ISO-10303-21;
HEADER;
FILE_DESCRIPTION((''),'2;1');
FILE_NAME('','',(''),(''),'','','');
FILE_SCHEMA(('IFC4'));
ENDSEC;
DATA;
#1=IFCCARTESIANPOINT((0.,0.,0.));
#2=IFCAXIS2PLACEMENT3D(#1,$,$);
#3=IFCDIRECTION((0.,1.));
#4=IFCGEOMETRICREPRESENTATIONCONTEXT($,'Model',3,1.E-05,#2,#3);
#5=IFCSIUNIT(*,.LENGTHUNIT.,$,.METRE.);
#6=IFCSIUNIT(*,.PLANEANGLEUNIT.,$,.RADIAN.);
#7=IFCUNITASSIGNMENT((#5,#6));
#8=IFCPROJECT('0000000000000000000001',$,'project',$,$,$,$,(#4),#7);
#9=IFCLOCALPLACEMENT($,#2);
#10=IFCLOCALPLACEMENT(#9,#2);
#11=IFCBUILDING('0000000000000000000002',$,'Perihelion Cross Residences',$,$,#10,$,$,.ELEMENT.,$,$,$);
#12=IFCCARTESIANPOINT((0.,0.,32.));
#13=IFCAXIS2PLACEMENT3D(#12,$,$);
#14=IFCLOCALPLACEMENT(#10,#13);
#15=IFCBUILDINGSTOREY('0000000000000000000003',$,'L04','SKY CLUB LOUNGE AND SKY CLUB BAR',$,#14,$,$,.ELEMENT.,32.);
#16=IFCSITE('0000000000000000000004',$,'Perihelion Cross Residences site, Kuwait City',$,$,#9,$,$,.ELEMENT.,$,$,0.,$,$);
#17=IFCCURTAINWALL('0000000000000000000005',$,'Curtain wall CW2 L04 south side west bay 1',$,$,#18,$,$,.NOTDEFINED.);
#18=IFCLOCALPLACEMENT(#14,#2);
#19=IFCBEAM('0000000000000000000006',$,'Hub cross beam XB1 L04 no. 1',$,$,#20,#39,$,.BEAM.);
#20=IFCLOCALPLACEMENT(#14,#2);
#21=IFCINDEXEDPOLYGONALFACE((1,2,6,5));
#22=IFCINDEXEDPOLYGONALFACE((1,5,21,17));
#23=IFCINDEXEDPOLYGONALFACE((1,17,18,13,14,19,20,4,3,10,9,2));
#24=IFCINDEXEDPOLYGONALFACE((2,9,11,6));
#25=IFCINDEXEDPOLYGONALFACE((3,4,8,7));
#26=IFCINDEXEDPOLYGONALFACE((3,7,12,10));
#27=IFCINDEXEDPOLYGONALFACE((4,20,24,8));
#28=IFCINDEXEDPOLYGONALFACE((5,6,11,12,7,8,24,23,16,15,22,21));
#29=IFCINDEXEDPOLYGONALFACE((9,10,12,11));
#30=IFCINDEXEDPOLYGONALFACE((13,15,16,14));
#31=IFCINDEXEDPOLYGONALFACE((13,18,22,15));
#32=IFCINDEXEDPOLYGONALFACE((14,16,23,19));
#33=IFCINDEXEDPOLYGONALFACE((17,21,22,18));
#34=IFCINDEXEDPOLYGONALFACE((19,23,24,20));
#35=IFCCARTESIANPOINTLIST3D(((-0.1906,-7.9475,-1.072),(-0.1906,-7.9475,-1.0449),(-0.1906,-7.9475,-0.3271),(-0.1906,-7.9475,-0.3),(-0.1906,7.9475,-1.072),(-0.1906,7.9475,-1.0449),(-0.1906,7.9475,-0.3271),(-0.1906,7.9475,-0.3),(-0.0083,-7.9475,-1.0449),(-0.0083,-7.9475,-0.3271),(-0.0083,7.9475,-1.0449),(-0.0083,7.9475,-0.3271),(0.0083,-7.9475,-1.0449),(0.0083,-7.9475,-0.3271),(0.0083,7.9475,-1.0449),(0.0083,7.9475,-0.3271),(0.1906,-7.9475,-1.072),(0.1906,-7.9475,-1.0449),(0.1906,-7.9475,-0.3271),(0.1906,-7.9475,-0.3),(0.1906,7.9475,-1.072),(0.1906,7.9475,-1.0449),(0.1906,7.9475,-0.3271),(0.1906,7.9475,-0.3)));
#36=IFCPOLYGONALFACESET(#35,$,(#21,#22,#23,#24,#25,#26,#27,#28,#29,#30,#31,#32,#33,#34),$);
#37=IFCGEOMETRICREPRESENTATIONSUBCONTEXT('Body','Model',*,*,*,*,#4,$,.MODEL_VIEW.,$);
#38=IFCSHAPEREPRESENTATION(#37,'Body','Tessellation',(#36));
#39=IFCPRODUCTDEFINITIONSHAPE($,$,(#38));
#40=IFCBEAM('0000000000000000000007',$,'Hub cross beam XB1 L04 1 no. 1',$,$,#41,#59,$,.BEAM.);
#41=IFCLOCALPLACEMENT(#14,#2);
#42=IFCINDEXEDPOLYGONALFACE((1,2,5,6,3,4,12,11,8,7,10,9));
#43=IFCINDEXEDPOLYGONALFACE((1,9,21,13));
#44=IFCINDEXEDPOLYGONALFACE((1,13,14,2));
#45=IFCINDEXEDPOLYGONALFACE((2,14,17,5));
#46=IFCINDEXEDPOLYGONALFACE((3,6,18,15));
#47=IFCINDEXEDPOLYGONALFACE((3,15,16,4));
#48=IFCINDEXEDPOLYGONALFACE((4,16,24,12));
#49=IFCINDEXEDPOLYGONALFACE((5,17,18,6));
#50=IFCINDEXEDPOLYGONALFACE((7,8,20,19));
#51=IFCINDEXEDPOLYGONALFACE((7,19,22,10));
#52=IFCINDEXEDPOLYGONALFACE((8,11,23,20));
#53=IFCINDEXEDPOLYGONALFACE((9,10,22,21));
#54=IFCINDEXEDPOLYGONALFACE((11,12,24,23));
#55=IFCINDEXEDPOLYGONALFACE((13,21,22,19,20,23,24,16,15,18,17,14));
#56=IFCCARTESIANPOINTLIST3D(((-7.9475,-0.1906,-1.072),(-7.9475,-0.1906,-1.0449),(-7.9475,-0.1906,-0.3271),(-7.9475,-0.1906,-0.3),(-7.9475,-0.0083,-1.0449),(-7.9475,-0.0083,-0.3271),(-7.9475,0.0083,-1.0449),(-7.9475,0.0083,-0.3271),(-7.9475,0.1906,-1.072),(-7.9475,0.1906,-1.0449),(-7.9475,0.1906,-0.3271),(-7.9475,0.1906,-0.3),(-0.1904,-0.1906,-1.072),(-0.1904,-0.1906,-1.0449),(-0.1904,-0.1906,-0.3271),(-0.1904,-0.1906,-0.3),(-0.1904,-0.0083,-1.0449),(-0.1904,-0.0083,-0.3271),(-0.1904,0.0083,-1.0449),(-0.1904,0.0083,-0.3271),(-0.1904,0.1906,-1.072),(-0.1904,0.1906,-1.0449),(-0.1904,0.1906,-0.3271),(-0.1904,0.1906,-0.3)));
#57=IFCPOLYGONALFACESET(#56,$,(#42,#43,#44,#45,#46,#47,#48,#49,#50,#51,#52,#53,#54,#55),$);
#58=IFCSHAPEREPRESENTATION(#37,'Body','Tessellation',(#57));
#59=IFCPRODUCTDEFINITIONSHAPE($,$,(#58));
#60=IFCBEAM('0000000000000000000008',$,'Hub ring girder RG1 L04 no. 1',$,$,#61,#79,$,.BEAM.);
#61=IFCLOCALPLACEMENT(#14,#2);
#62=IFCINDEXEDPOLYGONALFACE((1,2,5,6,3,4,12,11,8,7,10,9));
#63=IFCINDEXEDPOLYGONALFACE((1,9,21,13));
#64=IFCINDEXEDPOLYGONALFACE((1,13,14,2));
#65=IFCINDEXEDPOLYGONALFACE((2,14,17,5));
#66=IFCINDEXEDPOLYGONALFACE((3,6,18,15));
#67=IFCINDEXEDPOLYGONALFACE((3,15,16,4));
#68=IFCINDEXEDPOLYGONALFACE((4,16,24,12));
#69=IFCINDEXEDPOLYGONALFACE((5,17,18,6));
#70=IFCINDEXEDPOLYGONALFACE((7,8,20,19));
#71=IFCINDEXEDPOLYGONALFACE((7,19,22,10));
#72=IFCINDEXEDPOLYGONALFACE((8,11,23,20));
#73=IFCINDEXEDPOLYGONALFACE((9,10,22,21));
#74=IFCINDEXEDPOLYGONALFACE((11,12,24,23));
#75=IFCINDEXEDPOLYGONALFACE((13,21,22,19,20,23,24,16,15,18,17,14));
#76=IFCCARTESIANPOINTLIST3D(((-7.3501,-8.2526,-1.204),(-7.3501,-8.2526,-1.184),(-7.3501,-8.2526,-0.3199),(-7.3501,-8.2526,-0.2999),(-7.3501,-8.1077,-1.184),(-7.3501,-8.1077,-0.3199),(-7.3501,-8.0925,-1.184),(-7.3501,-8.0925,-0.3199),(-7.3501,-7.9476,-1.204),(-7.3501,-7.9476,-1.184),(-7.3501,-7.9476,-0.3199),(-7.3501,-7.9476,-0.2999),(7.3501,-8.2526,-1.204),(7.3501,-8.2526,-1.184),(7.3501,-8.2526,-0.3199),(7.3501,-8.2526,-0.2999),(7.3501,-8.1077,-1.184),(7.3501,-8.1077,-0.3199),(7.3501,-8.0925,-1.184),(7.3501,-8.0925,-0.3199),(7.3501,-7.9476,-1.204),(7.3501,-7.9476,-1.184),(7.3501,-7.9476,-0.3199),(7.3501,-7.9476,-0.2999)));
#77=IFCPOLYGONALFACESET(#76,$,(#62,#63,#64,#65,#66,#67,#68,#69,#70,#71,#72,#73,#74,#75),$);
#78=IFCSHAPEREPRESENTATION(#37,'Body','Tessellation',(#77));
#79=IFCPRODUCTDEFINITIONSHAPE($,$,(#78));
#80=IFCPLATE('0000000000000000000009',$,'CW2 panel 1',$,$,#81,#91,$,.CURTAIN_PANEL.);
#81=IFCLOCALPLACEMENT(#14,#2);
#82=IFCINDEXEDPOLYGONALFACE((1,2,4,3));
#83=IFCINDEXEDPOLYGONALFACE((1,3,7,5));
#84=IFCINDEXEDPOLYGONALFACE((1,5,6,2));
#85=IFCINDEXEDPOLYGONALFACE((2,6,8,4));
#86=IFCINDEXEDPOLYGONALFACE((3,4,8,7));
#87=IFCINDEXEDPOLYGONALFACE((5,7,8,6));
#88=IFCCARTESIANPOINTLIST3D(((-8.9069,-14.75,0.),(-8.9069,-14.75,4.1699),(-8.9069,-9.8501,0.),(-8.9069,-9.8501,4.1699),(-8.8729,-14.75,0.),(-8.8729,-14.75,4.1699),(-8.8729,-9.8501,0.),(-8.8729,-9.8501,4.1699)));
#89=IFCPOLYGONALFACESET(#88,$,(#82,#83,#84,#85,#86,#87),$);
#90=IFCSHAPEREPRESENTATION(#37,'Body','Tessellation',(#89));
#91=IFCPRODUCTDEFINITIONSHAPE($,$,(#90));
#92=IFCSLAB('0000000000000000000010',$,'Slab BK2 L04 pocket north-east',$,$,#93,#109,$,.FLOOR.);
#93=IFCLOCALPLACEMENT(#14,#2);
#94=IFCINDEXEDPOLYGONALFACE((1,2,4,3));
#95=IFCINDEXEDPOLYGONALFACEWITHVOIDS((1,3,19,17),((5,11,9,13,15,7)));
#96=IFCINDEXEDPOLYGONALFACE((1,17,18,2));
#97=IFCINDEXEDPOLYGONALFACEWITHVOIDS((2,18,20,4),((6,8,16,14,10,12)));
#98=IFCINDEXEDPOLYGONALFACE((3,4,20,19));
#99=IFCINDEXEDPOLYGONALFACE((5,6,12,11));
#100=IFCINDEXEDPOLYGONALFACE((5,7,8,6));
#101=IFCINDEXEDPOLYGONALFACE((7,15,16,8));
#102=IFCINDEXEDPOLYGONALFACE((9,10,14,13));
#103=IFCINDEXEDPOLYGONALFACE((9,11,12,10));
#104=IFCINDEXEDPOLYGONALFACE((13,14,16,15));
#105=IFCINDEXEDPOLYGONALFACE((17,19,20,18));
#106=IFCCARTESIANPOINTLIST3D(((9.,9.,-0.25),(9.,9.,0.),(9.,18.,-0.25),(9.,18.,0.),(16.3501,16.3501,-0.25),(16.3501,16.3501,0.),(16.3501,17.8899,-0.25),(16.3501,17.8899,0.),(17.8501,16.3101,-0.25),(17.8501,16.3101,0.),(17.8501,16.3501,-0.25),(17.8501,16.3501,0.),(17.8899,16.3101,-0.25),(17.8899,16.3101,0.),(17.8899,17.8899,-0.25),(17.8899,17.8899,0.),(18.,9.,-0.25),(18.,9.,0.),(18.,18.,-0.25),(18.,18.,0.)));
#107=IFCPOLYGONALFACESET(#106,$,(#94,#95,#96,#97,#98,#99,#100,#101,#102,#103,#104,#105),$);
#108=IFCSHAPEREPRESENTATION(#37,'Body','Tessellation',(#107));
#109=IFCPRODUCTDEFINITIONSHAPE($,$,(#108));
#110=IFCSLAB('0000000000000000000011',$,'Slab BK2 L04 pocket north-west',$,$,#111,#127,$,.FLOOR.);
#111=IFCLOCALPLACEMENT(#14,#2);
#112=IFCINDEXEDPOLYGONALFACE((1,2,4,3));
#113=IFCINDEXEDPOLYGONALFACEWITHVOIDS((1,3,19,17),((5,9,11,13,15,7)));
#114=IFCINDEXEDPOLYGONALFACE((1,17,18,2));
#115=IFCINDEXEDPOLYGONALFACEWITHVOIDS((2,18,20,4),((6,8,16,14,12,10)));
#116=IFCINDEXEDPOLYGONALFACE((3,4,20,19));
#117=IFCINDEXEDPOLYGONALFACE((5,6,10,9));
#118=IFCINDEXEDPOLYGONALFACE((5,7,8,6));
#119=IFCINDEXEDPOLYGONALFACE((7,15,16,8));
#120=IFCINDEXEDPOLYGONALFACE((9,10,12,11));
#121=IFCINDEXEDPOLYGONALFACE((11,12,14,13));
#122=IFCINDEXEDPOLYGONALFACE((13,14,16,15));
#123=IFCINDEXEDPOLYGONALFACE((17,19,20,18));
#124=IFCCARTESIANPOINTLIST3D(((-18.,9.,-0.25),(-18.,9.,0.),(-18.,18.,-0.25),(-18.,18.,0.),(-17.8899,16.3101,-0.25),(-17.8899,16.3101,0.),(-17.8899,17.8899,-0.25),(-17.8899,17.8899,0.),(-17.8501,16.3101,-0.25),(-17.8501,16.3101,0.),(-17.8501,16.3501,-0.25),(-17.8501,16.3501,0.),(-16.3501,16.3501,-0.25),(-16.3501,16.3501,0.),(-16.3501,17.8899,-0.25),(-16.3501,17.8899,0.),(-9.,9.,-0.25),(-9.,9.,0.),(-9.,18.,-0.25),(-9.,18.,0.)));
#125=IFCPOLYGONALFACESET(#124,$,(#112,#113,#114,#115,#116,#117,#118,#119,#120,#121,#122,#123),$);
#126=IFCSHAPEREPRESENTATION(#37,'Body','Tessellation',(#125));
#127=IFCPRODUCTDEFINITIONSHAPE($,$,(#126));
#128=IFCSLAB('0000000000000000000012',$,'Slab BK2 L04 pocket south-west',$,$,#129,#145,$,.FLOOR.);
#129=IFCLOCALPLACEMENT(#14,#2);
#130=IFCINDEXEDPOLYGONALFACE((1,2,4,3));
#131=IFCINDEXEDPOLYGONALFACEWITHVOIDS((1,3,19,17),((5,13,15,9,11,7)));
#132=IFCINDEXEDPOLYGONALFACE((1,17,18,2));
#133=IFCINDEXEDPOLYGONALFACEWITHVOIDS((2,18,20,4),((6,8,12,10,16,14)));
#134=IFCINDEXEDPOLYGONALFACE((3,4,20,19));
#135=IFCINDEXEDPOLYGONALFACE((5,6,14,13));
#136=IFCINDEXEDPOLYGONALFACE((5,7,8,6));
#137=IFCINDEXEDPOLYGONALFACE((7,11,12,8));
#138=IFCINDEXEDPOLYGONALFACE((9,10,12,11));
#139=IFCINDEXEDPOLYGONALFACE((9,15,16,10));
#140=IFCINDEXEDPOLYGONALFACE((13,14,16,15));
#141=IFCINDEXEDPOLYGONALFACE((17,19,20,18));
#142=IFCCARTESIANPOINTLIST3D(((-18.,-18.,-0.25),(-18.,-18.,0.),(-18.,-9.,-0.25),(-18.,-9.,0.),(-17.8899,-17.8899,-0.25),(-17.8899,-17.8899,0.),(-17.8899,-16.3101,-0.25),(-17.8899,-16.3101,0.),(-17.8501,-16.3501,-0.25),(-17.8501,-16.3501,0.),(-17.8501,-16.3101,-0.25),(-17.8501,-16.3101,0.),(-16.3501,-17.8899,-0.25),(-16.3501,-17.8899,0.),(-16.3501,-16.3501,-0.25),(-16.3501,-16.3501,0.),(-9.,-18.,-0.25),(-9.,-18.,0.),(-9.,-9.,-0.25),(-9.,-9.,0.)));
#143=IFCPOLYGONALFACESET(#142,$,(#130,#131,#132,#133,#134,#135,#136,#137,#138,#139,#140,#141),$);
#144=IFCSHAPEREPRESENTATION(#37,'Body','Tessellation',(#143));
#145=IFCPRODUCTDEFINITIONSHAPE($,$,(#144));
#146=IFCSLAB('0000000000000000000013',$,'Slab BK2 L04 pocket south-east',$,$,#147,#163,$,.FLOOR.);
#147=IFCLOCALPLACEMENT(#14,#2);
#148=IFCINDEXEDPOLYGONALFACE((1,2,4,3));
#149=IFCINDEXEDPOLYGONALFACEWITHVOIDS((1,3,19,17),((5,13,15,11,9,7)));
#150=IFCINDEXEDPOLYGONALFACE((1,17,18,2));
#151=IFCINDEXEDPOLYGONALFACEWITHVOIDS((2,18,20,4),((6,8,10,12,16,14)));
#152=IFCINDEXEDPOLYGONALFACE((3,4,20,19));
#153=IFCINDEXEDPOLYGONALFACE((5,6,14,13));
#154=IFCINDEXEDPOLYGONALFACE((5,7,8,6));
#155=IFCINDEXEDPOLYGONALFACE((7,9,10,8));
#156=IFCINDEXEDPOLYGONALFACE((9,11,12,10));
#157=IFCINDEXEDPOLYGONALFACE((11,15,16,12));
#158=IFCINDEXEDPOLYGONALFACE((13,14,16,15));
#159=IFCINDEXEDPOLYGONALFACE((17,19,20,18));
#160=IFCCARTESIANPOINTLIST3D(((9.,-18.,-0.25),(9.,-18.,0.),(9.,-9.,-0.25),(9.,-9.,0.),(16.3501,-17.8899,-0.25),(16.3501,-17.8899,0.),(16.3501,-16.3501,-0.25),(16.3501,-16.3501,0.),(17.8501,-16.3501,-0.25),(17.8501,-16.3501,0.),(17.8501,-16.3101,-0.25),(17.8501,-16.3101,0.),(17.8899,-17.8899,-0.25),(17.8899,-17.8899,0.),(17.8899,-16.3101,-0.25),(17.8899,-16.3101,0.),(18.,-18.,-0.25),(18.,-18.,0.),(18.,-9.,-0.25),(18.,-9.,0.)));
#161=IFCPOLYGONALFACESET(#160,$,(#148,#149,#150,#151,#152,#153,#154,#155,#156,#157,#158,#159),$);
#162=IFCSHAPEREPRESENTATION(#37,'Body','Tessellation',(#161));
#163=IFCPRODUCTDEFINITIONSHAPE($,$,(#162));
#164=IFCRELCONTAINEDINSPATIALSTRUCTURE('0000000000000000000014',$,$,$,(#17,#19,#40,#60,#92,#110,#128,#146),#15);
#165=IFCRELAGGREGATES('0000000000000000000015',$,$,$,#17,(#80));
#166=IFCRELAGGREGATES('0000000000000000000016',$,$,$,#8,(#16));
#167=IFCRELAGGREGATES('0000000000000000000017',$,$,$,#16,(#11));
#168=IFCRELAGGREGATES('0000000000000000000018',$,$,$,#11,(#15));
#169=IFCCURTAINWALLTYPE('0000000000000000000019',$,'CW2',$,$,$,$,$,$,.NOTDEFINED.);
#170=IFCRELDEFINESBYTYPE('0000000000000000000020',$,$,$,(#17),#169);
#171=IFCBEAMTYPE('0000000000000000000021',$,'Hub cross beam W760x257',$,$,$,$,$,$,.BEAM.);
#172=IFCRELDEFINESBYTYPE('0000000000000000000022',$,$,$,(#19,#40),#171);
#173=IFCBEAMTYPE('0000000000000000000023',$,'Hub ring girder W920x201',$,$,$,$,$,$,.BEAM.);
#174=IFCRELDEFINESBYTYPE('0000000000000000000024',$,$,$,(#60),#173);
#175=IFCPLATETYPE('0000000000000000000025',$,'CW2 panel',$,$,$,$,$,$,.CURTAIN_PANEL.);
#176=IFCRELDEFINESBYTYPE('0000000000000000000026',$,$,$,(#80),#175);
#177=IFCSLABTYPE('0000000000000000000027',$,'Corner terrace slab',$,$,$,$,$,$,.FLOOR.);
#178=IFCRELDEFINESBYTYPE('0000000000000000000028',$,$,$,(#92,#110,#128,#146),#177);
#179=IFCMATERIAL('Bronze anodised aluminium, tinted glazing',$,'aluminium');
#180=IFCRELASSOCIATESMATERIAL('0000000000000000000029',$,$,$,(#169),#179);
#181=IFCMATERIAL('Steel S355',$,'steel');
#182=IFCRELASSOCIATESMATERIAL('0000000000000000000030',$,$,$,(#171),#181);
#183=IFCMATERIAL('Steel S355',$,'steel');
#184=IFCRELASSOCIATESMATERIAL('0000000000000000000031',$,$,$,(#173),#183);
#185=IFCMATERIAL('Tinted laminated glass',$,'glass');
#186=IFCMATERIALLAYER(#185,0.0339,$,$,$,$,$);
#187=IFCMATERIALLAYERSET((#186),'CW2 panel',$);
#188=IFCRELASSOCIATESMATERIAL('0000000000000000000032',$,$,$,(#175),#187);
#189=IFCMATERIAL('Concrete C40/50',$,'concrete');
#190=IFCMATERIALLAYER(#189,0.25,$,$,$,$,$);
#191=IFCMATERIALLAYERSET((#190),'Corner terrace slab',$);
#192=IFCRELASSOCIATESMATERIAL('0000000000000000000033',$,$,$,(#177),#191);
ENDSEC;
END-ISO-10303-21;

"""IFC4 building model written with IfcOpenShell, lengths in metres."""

from ifc_helpers import new_model, si_unit, direction, frame, origin, origin_2d, place, context, subcontext, project, spatial, polyline, rectangle, i_section, outline, extrude, material, layer, layer_set, material_profile, profile_set, type_object, element, aggregate, save


model = new_model("IFC4")

# Units and contexts
model_context = context("Model", 3, precision=1e-05, world=origin(), true_north=direction((0.0, 1.0)))
body_context = subcontext(model_context, "Body", "Model", "MODEL_VIEW")
ifc_project = project(units=[si_unit("LENGTHUNIT", "METRE"), si_unit("PLANEANGLEUNIT", "RADIAN")], contexts=[model_context])

# Site, building, storey
site_placement = place(None, origin())
site = spatial("IfcSite", under=ifc_project, at=site_placement, Name="Perihelion Cross Residences site, Kuwait City", CompositionType="ELEMENT", RefElevation=0.0)
building_placement = place(site_placement, origin())
building = spatial("IfcBuilding", under=site, at=building_placement, Name="Perihelion Cross Residences", CompositionType="ELEMENT")
storey_placement = place(building_placement, frame((0.0, 0.0, 32.0)))
storey = spatial("IfcBuildingStorey", under=building, at=storey_placement, Name="L04", Description="SKY CLUB LOUNGE AND SKY CLUB BAR", CompositionType="ELEMENT", Elevation=32.0)

# Curtain wall
ifc_material_1 = material(Name="Bronze anodised aluminium, tinted glazing", Category="aluminium")
curtain_wall_type = type_object("IfcCurtainWallType", Name="CW2", PredefinedType="NOTDEFINED", material=ifc_material_1)
curtain_wall_placement = place(storey_placement, origin())
curtain_wall = element("IfcCurtainWall", 1, at=curtain_wall_placement, inside=storey, type_object=curtain_wall_type, Name="Curtain wall CW2 L04 south side west bay 1", PredefinedType="NOTDEFINED")

# Beams
ifc_material_2 = material(Name="Steel S355", Category="steel")
ifc_material_profile_1 = material_profile(ifc_material_2, i_section(OverallWidth=0.3811, OverallDepth=0.772, WebThickness=0.0166, FlangeThickness=0.0271, at=origin_2d()), Name="W760x257")
ifc_profile_set_1 = profile_set([ifc_material_profile_1], Name="Steel S355")
beam_type_1 = type_object("IfcBeamType", Name="Hub cross beam W760x257", PredefinedType="BEAM", material=ifc_profile_set_1)
beam_1_placement = place(storey_placement, frame((0.0, -7.9475, -0.686), z_axis=(0.0, 1.0, 0.0), x_axis=(-1.0, 0.0, 0.0)))
element("IfcBeam", 2, at=beam_1_placement, inside=storey, type_object=beam_type_1, Name="Hub cross beam XB1 L04 no. 1", PredefinedType="BEAM", context=body_context, shape_type="SweptSolid", body=[
    extrude(i_section(OverallWidth=0.3811, OverallDepth=0.772, WebThickness=0.0166, FlangeThickness=0.0271, at=origin_2d()), origin(), (0.0, 0.0, 1.0), 15.895),
])
beam_2_placement = place(storey_placement, frame((-7.9475, 0.0, -0.686), z_axis=(1.0, 0.0, 0.0), x_axis=(0.0, 1.0, 0.0)))
element("IfcBeam", 3, at=beam_2_placement, inside=storey, type_object=beam_type_1, Name="Hub cross beam XB1 L04 1 no. 1", PredefinedType="BEAM", context=body_context, shape_type="SweptSolid", body=[
    extrude(i_section(OverallWidth=0.3811, OverallDepth=0.772, WebThickness=0.0166, FlangeThickness=0.0271, at=origin_2d()), origin(), (0.0, 0.0, 1.0), 7.7571),
])
ifc_material_3 = material(Name="Steel S355", Category="steel")
ifc_material_profile_2 = material_profile(ifc_material_3, i_section(OverallWidth=0.3049, OverallDepth=0.9041, WebThickness=0.0151, FlangeThickness=0.02, at=origin_2d()), Name="W920x201")
ifc_profile_set_2 = profile_set([ifc_material_profile_2], Name="Steel S355")
beam_type_2 = type_object("IfcBeamType", Name="Hub ring girder W920x201", PredefinedType="BEAM", material=ifc_profile_set_2)
beam_3_placement = place(storey_placement, frame((-7.3501, -8.1001, -0.752), z_axis=(1.0, 0.0, 0.0), x_axis=(0.0, 1.0, 0.0)))
element("IfcBeam", 4, at=beam_3_placement, inside=storey, type_object=beam_type_2, Name="Hub ring girder RG1 L04 no. 1", PredefinedType="BEAM", context=body_context, shape_type="SweptSolid", body=[
    extrude(i_section(OverallWidth=0.3049, OverallDepth=0.9041, WebThickness=0.0151, FlangeThickness=0.02, at=origin_2d()), origin(), (0.0, 0.0, 1.0), 14.7002),
])

# Plate
ifc_material_4 = material(Name="Tinted laminated glass", Category="glass")
ifc_layer_1 = layer(ifc_material_4, 0.0339)
ifc_layer_set_1 = layer_set([ifc_layer_1], Name="CW2 panel")
plate_type = type_object("IfcPlateType", Name="CW2 panel", PredefinedType="CURTAIN_PANEL", material=ifc_layer_set_1)
plate_placement = place(storey_placement, frame((-8.8899, -12.3, 0.0), z_axis=(0.0, 0.0, 1.0), x_axis=(0.0, -1.0, 0.0)))
plate = element("IfcPlate", 5, at=plate_placement, type_object=plate_type, Name="CW2 panel 1", PredefinedType="CURTAIN_PANEL", context=body_context, shape_type="SweptSolid", body=[
    extrude(rectangle(XDim=4.8999, YDim=0.0339, at=origin_2d()), origin(), (0.0, 0.0, 1.0), 4.1699),
])
aggregate(curtain_wall, [plate])

# Slabs
ifc_material_5 = material(Name="Concrete C40/50", Category="concrete")
ifc_layer_2 = layer(ifc_material_5, 0.25)
ifc_layer_set_2 = layer_set([ifc_layer_2], Name="Corner terrace slab")
slab_type_1 = type_object("IfcSlabType", Name="Corner terrace slab", PredefinedType="FLOOR", material=ifc_layer_set_2)
slab_1_placement = place(storey_placement, frame((0.0, 0.0, -0.25)))
element("IfcSlab", 6, at=slab_1_placement, inside=storey, type_object=slab_type_1, Name="Slab BK2 L04 pocket north-east", PredefinedType="FLOOR", context=body_context, shape_type="SweptSolid", body=[
    extrude(outline(polyline([(18.0, 9.0), (18.0, 18.0), (9.0, 18.0), (9.0, 9.0), (18.0, 9.0)]), holes=[polyline([(16.3501, 16.3501), (16.3501, 17.8899), (17.8899, 17.8899), (17.8899, 16.3101), (17.8501, 16.3101), (17.8501, 16.3501), (16.3501, 16.3501)])]), origin(), (0.0, 0.0, 1.0), 0.25),
])
slab_2_placement = place(storey_placement, frame((0.0, 0.0, -0.25)))
element("IfcSlab", 7, at=slab_2_placement, inside=storey, type_object=slab_type_1, Name="Slab BK2 L04 pocket north-west", PredefinedType="FLOOR", context=body_context, shape_type="SweptSolid", body=[
    extrude(outline(polyline([(-9.0, 9.0), (-9.0, 18.0), (-18.0, 18.0), (-18.0, 9.0), (-9.0, 9.0)]), holes=[polyline([(-17.8501, 16.3101), (-17.8899, 16.3101), (-17.8899, 17.8899), (-16.3501, 17.8899), (-16.3501, 16.3501), (-17.8501, 16.3501), (-17.8501, 16.3101)])]), origin(), (0.0, 0.0, 1.0), 0.25),
])
slab_3_placement = place(storey_placement, frame((0.0, 0.0, -0.25)))
element("IfcSlab", 8, at=slab_3_placement, inside=storey, type_object=slab_type_1, Name="Slab BK2 L04 pocket south-west", PredefinedType="FLOOR", context=body_context, shape_type="SweptSolid", body=[
    extrude(outline(polyline([(-9.0, -18.0), (-9.0, -9.0), (-18.0, -9.0), (-18.0, -18.0), (-9.0, -18.0)]), holes=[polyline([(-16.3501, -17.8899), (-17.8899, -17.8899), (-17.8899, -16.3101), (-17.8501, -16.3101), (-17.8501, -16.3501), (-16.3501, -16.3501), (-16.3501, -17.8899)])]), origin(), (0.0, 0.0, 1.0), 0.25),
])
slab_4_placement = place(storey_placement, frame((0.0, 0.0, -0.25)))
element("IfcSlab", 9, at=slab_4_placement, inside=storey, type_object=slab_type_1, Name="Slab BK2 L04 pocket south-east", PredefinedType="FLOOR", context=body_context, shape_type="SweptSolid", body=[
    extrude(outline(polyline([(18.0, -18.0), (18.0, -9.0), (9.0, -9.0), (9.0, -18.0), (18.0, -18.0)]), holes=[polyline([(16.3501, -17.8899), (16.3501, -16.3501), (17.8501, -16.3501), (17.8501, -16.3101), (17.8899, -16.3101), (17.8899, -17.8899), (16.3501, -17.8899)])]), origin(), (0.0, 0.0, 1.0), 0.25),
])

save(model, "model.ifc")
